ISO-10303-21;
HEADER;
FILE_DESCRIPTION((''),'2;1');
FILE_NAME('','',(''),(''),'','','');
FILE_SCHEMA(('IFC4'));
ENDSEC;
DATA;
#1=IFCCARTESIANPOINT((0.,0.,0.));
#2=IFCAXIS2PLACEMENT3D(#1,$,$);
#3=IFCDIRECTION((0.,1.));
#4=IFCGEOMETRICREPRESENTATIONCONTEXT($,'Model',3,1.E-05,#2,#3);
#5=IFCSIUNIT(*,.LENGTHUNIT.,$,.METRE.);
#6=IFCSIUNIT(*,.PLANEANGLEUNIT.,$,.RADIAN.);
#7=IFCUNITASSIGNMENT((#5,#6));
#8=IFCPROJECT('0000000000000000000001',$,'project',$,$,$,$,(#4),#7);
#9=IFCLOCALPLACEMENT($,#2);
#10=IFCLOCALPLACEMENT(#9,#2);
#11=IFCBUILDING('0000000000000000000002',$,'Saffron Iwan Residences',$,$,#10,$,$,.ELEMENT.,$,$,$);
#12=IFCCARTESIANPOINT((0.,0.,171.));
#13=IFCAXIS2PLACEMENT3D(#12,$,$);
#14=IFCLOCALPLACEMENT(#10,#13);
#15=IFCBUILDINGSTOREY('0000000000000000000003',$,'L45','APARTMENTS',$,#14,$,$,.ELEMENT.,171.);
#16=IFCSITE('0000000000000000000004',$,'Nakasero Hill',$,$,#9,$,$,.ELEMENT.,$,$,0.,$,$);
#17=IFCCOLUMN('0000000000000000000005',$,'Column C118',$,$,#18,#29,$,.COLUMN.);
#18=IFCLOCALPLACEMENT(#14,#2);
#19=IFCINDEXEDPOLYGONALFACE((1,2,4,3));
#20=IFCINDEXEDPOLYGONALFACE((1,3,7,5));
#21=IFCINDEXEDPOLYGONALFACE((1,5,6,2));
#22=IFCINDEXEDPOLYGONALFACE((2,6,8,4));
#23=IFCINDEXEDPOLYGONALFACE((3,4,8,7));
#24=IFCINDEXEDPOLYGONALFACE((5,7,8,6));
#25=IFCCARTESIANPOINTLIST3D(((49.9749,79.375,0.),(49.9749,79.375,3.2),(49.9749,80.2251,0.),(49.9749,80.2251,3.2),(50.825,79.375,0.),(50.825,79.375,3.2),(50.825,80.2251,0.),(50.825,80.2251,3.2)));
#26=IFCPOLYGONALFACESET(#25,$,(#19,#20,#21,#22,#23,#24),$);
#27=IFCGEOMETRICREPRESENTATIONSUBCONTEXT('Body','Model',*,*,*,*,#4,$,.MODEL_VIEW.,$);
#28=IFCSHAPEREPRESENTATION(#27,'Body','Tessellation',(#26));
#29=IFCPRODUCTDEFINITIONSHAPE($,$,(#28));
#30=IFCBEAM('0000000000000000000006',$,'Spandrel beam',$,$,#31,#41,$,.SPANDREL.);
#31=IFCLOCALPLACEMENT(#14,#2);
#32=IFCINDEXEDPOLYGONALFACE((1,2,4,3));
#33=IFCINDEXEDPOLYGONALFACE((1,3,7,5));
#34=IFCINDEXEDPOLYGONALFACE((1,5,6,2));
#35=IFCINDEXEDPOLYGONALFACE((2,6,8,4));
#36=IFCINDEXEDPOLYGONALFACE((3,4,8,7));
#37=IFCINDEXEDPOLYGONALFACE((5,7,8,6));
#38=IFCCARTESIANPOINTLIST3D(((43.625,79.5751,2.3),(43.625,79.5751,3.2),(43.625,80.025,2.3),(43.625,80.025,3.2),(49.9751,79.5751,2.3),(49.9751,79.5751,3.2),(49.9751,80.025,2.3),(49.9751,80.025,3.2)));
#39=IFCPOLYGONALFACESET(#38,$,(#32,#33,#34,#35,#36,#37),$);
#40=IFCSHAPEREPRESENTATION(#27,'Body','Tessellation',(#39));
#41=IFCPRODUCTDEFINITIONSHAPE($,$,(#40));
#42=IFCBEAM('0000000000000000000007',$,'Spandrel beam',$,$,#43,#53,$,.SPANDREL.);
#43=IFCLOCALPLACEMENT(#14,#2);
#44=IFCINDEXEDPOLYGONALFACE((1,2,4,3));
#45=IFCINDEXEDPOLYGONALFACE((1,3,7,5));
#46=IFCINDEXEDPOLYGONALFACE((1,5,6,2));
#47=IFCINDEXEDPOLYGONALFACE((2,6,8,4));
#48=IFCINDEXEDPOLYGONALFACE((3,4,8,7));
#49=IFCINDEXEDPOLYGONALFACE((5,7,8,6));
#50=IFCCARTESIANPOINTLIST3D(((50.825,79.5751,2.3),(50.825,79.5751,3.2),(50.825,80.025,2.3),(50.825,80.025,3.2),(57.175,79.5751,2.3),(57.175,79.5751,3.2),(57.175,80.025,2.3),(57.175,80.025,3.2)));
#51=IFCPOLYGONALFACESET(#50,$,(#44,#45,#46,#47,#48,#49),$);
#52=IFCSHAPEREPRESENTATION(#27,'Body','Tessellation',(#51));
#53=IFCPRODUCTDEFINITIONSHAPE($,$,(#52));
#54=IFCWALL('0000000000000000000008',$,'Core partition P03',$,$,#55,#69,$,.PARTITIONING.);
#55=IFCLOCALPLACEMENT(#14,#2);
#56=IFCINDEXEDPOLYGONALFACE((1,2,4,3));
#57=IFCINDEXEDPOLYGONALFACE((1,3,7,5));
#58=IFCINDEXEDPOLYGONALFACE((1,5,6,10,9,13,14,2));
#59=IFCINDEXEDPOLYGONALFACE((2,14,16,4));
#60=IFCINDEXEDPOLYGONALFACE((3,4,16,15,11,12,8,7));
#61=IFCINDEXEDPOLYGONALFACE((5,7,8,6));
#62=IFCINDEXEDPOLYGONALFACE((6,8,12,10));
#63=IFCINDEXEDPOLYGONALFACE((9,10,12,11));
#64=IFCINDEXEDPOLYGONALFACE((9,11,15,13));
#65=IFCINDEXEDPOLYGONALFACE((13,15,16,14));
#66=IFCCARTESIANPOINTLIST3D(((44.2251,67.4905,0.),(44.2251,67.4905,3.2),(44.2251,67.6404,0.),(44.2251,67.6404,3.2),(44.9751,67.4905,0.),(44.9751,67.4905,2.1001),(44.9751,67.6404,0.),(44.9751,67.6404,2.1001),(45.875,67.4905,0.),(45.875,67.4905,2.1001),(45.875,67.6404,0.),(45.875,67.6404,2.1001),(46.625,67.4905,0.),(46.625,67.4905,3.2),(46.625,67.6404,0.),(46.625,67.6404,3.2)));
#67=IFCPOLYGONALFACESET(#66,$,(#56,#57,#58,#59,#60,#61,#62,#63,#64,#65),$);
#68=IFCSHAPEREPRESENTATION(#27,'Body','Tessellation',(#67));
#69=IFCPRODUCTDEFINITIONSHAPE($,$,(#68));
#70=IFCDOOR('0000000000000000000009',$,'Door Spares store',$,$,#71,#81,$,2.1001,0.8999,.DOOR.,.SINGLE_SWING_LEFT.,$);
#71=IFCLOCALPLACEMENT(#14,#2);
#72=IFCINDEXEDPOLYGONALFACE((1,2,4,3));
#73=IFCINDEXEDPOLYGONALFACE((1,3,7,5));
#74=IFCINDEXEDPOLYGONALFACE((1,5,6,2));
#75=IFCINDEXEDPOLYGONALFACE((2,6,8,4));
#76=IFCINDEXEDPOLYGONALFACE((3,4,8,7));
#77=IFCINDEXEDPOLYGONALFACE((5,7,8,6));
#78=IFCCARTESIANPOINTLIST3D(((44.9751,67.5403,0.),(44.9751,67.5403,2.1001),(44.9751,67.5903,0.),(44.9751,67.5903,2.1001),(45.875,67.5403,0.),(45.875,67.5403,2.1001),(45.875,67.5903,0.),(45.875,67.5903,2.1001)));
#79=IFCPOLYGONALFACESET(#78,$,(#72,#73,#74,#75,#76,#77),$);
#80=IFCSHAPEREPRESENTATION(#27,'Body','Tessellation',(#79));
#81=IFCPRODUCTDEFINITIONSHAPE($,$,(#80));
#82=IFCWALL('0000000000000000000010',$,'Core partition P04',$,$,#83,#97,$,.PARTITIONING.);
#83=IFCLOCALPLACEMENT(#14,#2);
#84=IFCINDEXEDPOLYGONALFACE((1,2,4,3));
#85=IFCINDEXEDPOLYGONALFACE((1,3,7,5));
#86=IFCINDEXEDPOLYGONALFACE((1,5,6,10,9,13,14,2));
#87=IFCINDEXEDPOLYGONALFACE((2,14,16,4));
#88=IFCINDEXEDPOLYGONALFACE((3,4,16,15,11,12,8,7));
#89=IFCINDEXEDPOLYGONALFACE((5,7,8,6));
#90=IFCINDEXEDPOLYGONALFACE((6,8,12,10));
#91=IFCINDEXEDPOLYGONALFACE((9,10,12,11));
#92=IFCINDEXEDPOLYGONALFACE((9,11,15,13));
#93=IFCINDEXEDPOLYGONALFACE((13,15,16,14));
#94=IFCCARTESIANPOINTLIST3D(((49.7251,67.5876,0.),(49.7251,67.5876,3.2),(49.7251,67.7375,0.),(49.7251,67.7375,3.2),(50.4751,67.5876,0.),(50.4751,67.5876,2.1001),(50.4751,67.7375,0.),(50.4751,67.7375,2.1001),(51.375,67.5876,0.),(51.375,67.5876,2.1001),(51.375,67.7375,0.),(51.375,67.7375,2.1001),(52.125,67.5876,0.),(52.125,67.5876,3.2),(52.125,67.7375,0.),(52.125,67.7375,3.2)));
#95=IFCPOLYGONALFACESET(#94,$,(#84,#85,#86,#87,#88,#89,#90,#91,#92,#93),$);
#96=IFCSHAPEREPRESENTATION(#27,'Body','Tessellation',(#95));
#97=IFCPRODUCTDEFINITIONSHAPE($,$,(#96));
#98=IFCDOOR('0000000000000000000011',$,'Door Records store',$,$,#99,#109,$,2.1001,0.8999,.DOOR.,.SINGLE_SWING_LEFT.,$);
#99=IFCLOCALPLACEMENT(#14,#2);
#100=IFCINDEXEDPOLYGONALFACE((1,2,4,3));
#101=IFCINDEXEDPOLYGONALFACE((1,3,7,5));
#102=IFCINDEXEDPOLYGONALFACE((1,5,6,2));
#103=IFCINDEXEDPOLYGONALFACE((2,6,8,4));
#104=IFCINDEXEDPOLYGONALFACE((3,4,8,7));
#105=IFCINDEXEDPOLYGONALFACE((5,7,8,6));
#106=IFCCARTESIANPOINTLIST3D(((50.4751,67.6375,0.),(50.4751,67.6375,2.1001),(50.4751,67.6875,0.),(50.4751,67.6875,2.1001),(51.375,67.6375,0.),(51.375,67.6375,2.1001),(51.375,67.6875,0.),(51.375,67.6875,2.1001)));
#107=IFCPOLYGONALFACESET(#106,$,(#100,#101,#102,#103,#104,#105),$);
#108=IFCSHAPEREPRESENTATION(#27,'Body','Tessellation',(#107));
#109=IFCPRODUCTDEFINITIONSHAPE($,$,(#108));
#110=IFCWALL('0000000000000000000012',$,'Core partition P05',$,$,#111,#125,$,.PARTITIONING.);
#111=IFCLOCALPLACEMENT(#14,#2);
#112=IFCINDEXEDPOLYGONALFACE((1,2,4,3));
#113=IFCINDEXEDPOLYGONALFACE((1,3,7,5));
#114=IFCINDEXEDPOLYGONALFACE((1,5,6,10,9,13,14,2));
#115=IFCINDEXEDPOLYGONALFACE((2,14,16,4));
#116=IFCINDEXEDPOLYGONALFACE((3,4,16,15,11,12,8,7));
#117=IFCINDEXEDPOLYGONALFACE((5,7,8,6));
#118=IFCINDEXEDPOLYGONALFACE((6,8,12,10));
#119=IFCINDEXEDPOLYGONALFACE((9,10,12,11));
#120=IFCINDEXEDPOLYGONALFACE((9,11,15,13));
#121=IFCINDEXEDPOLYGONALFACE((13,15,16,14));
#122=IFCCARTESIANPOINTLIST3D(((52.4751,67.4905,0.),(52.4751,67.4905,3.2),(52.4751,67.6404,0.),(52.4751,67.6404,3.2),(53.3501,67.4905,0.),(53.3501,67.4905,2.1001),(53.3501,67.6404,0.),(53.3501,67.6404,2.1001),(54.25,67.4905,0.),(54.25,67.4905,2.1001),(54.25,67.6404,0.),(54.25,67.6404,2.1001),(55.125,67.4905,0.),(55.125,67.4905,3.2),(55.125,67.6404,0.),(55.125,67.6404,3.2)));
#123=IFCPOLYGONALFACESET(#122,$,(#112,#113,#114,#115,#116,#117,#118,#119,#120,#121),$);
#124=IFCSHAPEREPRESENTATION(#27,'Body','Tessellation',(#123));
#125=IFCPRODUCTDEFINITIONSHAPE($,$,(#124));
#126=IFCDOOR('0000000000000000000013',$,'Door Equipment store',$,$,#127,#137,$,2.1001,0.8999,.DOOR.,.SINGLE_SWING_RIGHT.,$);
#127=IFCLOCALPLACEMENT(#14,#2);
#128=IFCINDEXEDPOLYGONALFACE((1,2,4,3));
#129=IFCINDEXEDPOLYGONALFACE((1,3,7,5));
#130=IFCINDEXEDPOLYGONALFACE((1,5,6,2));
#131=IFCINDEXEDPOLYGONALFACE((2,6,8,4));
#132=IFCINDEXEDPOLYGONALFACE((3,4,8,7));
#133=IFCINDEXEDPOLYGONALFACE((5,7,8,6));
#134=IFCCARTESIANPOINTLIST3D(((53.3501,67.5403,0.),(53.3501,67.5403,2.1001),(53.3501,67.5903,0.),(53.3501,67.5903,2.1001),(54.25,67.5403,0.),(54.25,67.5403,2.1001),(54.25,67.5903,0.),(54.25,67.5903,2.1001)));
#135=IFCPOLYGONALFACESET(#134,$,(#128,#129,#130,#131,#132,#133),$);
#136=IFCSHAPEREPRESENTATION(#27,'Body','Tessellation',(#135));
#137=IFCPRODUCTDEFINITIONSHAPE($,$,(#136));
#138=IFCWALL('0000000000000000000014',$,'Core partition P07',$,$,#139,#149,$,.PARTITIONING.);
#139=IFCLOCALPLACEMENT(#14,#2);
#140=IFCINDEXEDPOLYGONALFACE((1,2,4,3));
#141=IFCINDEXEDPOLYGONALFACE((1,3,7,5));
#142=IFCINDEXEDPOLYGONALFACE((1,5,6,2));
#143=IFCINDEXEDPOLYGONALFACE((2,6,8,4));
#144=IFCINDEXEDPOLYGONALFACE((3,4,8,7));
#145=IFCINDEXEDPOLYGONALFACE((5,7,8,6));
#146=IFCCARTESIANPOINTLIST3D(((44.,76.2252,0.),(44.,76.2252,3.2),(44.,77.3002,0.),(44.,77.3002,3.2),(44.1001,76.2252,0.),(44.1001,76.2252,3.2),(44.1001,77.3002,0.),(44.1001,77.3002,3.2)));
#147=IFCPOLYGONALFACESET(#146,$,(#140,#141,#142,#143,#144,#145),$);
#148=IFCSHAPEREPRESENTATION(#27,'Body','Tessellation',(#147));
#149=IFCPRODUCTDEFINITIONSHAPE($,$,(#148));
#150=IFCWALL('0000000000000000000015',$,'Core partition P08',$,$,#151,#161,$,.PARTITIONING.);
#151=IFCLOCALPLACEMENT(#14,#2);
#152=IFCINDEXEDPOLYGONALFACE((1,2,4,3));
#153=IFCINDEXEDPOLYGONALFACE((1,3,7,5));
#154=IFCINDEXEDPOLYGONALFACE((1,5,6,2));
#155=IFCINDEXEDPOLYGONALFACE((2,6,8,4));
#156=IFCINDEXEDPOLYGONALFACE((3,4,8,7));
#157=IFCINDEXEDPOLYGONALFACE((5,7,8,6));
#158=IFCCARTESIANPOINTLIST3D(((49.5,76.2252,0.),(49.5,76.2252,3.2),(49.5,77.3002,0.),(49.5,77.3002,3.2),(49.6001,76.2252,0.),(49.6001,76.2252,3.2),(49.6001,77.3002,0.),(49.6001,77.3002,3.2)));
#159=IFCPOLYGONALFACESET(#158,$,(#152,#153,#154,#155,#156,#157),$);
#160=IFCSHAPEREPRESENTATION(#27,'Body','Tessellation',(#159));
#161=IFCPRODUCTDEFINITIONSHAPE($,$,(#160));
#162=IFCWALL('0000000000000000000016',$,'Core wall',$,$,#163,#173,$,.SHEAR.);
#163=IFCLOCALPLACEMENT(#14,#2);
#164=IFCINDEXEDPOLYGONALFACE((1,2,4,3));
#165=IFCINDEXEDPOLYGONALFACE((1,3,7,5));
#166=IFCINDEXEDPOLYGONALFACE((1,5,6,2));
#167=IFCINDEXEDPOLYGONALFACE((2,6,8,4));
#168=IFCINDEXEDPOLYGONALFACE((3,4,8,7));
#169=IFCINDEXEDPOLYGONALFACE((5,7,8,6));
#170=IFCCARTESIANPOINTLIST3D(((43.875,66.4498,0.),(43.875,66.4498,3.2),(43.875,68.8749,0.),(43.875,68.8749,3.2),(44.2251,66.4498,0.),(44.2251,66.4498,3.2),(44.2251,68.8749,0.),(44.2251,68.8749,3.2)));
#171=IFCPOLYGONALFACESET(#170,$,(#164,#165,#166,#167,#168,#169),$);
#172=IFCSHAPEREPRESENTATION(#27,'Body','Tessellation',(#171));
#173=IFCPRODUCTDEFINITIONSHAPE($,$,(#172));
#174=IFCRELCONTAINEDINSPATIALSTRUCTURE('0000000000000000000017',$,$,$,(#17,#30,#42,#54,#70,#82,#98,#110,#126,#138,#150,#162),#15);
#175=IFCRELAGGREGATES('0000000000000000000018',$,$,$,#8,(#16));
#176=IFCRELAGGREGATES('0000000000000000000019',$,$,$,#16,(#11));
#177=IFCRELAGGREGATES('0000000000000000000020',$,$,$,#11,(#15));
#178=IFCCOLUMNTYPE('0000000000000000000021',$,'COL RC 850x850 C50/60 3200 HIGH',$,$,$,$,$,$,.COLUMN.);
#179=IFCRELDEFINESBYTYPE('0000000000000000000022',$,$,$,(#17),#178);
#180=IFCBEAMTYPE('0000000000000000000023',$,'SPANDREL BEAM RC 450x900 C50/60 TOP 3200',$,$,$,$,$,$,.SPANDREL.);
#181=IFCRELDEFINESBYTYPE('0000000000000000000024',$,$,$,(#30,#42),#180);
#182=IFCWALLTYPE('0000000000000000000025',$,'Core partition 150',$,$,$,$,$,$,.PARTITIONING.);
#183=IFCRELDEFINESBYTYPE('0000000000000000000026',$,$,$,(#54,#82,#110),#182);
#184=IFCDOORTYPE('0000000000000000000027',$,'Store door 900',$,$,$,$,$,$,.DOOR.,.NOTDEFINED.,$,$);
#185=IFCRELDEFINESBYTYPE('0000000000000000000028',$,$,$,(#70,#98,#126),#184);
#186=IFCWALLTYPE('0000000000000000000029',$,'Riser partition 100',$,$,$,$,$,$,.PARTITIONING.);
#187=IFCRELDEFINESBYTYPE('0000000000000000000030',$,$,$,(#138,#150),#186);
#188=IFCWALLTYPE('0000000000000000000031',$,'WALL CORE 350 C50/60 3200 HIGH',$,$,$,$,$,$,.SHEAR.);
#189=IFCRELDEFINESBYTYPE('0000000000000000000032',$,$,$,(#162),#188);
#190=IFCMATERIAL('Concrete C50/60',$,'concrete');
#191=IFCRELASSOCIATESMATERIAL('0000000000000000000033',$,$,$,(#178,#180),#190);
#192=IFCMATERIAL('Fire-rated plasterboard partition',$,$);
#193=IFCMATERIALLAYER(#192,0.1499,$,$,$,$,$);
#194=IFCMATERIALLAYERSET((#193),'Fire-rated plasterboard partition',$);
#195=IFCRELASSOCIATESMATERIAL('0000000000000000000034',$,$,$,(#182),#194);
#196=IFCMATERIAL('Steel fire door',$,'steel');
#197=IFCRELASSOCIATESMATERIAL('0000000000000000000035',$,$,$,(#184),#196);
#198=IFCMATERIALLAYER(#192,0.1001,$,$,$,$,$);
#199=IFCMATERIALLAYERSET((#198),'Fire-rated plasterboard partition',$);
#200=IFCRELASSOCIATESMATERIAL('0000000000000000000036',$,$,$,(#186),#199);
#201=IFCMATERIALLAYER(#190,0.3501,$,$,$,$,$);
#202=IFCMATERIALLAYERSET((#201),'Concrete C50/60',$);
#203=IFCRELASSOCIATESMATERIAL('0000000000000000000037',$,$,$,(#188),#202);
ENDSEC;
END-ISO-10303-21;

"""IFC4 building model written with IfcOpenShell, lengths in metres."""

from ifc_helpers import new_model, si_unit, direction, frame, frame_2d, origin, origin_2d, place, context, subcontext, project, spatial, rectangle, extrude, source, transform, mapped, material, layer, layer_set, material_profile, profile_set, type_object, element, fill, save


model = new_model("IFC4")

# Units and contexts
model_context = context("Model", 3, precision=1e-05, world=origin(), true_north=direction((0.0, 1.0)))
body_context = subcontext(model_context, "Body", "Model", "MODEL_VIEW")
ifc_project = project(units=[si_unit("LENGTHUNIT", "METRE"), si_unit("PLANEANGLEUNIT", "RADIAN")], contexts=[model_context])

# Site, building, storey
site_placement = place(None, origin())
site = spatial("IfcSite", under=ifc_project, at=site_placement, Name="Nakasero Hill", CompositionType="ELEMENT", RefElevation=0.0)
building_placement = place(site_placement, origin())
building = spatial("IfcBuilding", under=site, at=building_placement, Name="Saffron Iwan Residences", CompositionType="ELEMENT")
storey_placement = place(building_placement, frame((0.0, 0.0, 171.0)))
storey = spatial("IfcBuildingStorey", under=building, at=storey_placement, Name="L45", Description="APARTMENTS", CompositionType="ELEMENT", Elevation=171.0)

# Column
ifc_material_1 = material(Name="Concrete C50/60", Category="concrete")
ifc_material_profile_1 = material_profile(ifc_material_1, rectangle(XDim=0.8501, YDim=0.8501, at=origin_2d()), Name="RC 850x850")
ifc_profile_set_1 = profile_set([ifc_material_profile_1], Name="Concrete C50/60")
column_type = type_object("IfcColumnType", Name="COL RC 850x850 C50/60 3200 HIGH", PredefinedType="COLUMN", material=ifc_profile_set_1)
shared_shape_1 = source(origin(), body_context, "Body", "SweptSolid", [
    extrude(rectangle(XDim=0.8501, YDim=0.8501, at=origin_2d()), origin(), (0.0, 0.0, 1.0), 3.2),
])
column_placement = place(storey_placement, frame((50.3999, 79.8, 0.0), z_axis=(0.0, 0.0, 1.0), x_axis=(1.0, 0.0, 0.0)))
element("IfcColumn", 1, at=column_placement, inside=storey, type_object=column_type, Name="Column C118", PredefinedType="COLUMN", context=body_context, shape_type="MappedRepresentation", body=[
    mapped(shared_shape_1, transform((0.0, 0.0, 0.0))),
])

# Beams
ifc_material_profile_2 = material_profile(ifc_material_1, rectangle(XDim=0.45, YDim=0.8999, at=origin_2d()), Name="RC 450x900")
ifc_profile_set_2 = profile_set([ifc_material_profile_2], Name="Concrete C50/60")
beam_type = type_object("IfcBeamType", Name="SPANDREL BEAM RC 450x900 C50/60 TOP 3200", PredefinedType="SPANDREL", material=ifc_profile_set_2)
shared_shape_2 = source(origin(), body_context, "Body", "SweptSolid", [
    extrude(rectangle(XDim=0.45, YDim=0.8999, at=origin_2d()), origin(), (0.0, 0.0, 1.0), 6.3501),
])
for number, where, z_axis, x_axis, name in (
    (2, (43.625, 79.8, 2.75), (1.0, 0.0, 0.0), (0.0, 1.0, 0.0), "Spandrel beam"),
    (3, (50.825, 79.8, 2.75), (1.0, 0.0, 0.0), (0.0, 1.0, 0.0), "Spandrel beam"),
):
    element("IfcBeam", number, at=place(storey_placement, frame(where, z_axis=z_axis, x_axis=x_axis)), inside=storey, type_object=beam_type, Name=name, PredefinedType="SPANDREL", context=body_context, shape_type="MappedRepresentation", body=[
        mapped(shared_shape_2, transform((0.0, 0.0, 0.0))),
    ])

# Walls, openings, doors
ifc_material_2 = material(Name="Fire-rated plasterboard partition")
ifc_layer_1 = layer(ifc_material_2, 0.1499)
ifc_layer_set_1 = layer_set([ifc_layer_1], Name="Fire-rated plasterboard partition")
wall_type_1 = type_object("IfcWallType", Name="Core partition 150", PredefinedType="PARTITIONING", material=ifc_layer_set_1)
wall_1_placement = place(storey_placement, frame((44.2251, 67.5654, 0.0), z_axis=(0.0, 0.0, 1.0), x_axis=(1.0, 0.0, 0.0)))
wall_1 = element("IfcWall", 4, at=wall_1_placement, inside=storey, type_object=wall_type_1, Name="Core partition P03", PredefinedType="PARTITIONING", context=body_context, shape_type="SweptSolid", body=[
    extrude(rectangle(XDim=2.3999, YDim=0.1499, at=frame_2d((1.2, 0.0))), origin(), (0.0, 0.0, 1.0), 3.2),
])
opening_1_placement = place(wall_1_placement, frame((0.75, 0.0, 0.0)))
opening_1 = element("IfcOpeningElement", 5, at=opening_1_placement, cuts=wall_1, PredefinedType="OPENING", context=body_context, shape_type="SweptSolid", body=[
    extrude(rectangle(XDim=0.8999, YDim=2.1001, at=frame_2d((0.45, 1.05))), frame((0.0, 0.085, 0.0), z_axis=(0.0, -1.0, 0.0), x_axis=(1.0, 0.0, 0.0)), (0.0, 0.0, 1.0), 0.1699),
])
ifc_material_3 = material(Name="Steel fire door", Category="steel")
door_type = type_object("IfcDoorType", Name="Store door 900", OperationType="NOTDEFINED", PredefinedType="DOOR", material=ifc_material_3)
door_1_placement = place(opening_1_placement, origin())
door_1 = element("IfcDoor", 6, at=door_1_placement, inside=storey, type_object=door_type, Name="Door Spares store", OperationType="SINGLE_SWING_LEFT", OverallHeight=2.1001, OverallWidth=0.8999, PredefinedType="DOOR", context=body_context, shape_type="SweptSolid", body=[
    extrude(rectangle(XDim=0.8999, YDim=2.1001, at=frame_2d((0.45, 1.05))), frame((0.0, 0.0249, 0.0), z_axis=(0.0, -1.0, 0.0), x_axis=(1.0, 0.0, 0.0)), (0.0, 0.0, 1.0), 0.05),
])
fill(opening_1, door_1)
wall_2_placement = place(storey_placement, frame((49.7251, 67.6626, 0.0), z_axis=(0.0, 0.0, 1.0), x_axis=(1.0, 0.0, 0.0)))
wall_2 = element("IfcWall", 7, at=wall_2_placement, inside=storey, type_object=wall_type_1, Name="Core partition P04", PredefinedType="PARTITIONING", context=body_context, shape_type="SweptSolid", body=[
    extrude(rectangle(XDim=2.3999, YDim=0.1499, at=frame_2d((1.2, 0.0))), origin(), (0.0, 0.0, 1.0), 3.2),
])
opening_2_placement = place(wall_2_placement, frame((0.75, 0.0, 0.0)))
opening_2 = element("IfcOpeningElement", 8, at=opening_2_placement, cuts=wall_2, PredefinedType="OPENING", context=body_context, shape_type="SweptSolid", body=[
    extrude(rectangle(XDim=0.8999, YDim=2.1001, at=frame_2d((0.45, 1.05))), frame((0.0, 0.085, 0.0), z_axis=(0.0, -1.0, 0.0), x_axis=(1.0, 0.0, 0.0)), (0.0, 0.0, 1.0), 0.1699),
])
door_2_placement = place(opening_2_placement, origin())
door_2 = element("IfcDoor", 9, at=door_2_placement, inside=storey, type_object=door_type, Name="Door Records store", OperationType="SINGLE_SWING_LEFT", OverallHeight=2.1001, OverallWidth=0.8999, PredefinedType="DOOR", context=body_context, shape_type="SweptSolid", body=[
    extrude(rectangle(XDim=0.8999, YDim=2.1001, at=frame_2d((0.45, 1.05))), frame((0.0, 0.0249, 0.0), z_axis=(0.0, -1.0, 0.0), x_axis=(1.0, 0.0, 0.0)), (0.0, 0.0, 1.0), 0.05),
])
fill(opening_2, door_2)
wall_3_placement = place(storey_placement, frame((52.4751, 67.5654, 0.0), z_axis=(0.0, 0.0, 1.0), x_axis=(1.0, 0.0, 0.0)))
wall_3 = element("IfcWall", 10, at=wall_3_placement, inside=storey, type_object=wall_type_1, Name="Core partition P05", PredefinedType="PARTITIONING", context=body_context, shape_type="SweptSolid", body=[
    extrude(rectangle(XDim=2.6499, YDim=0.1499, at=frame_2d((1.325, 0.0))), origin(), (0.0, 0.0, 1.0), 3.2),
])
opening_3_placement = place(wall_3_placement, frame((0.875, 0.0, 0.0)))
opening_3 = element("IfcOpeningElement", 11, at=opening_3_placement, cuts=wall_3, PredefinedType="OPENING", context=body_context, shape_type="SweptSolid", body=[
    extrude(rectangle(XDim=0.8999, YDim=2.1001, at=frame_2d((0.45, 1.05))), frame((0.0, 0.085, 0.0), z_axis=(0.0, -1.0, 0.0), x_axis=(1.0, 0.0, 0.0)), (0.0, 0.0, 1.0), 0.1699),
])
door_3_placement = place(opening_3_placement, origin())
door_3 = element("IfcDoor", 12, at=door_3_placement, inside=storey, type_object=door_type, Name="Door Equipment store", OperationType="SINGLE_SWING_RIGHT", OverallHeight=2.1001, OverallWidth=0.8999, PredefinedType="DOOR", context=body_context, shape_type="SweptSolid", body=[
    extrude(rectangle(XDim=0.8999, YDim=2.1001, at=frame_2d((0.45, 1.05))), frame((0.0, 0.0249, 0.0), z_axis=(0.0, -1.0, 0.0), x_axis=(1.0, 0.0, 0.0)), (0.0, 0.0, 1.0), 0.05),
])
fill(opening_3, door_3)

# Walls
ifc_layer_2 = layer(ifc_material_2, 0.1001)
ifc_layer_set_2 = layer_set([ifc_layer_2], Name="Fire-rated plasterboard partition")
wall_type_2 = type_object("IfcWallType", Name="Riser partition 100", PredefinedType="PARTITIONING", material=ifc_layer_set_2)
for number, where, z_axis, x_axis, name in (
    (13, (44.05, 76.2251, 0.0), (0.0, 0.0, 1.0), (0.0, 1.0, 0.0), "Core partition P07"),
    (14, (49.55, 76.2251, 0.0), (0.0, 0.0, 1.0), (0.0, 1.0, 0.0), "Core partition P08"),
):
    element("IfcWall", number, at=place(storey_placement, frame(where, z_axis=z_axis, x_axis=x_axis)), inside=storey, type_object=wall_type_2, Name=name, PredefinedType="PARTITIONING", context=body_context, shape_type="SweptSolid", body=[
        extrude(rectangle(XDim=1.075, YDim=0.1001, at=frame_2d((0.5376, 0.0))), origin(), (0.0, 0.0, 1.0), 3.2),
    ])
ifc_layer_3 = layer(ifc_material_1, 0.3501)
ifc_layer_set_3 = layer_set([ifc_layer_3], Name="Concrete C50/60")
wall_type_3 = type_object("IfcWallType", Name="WALL CORE 350 C50/60 3200 HIGH", PredefinedType="SHEAR", material=ifc_layer_set_3)
for number, where, z_axis, x_axis, name in (
    (15, (44.05, 66.45, 0.0), (0.0, 0.0, 1.0), (0.0, 1.0, 0.0), "Core wall"),
):
    element("IfcWall", number, at=place(storey_placement, frame(where, z_axis=z_axis, x_axis=x_axis)), inside=storey, type_object=wall_type_3, Name=name, PredefinedType="SHEAR", context=body_context, shape_type="SweptSolid", body=[
        extrude(rectangle(XDim=2.425, YDim=0.3501, at=frame_2d((1.2124, 0.0))), origin(), (0.0, 0.0, 1.0), 3.2),
    ])

save(model, "model.ifc")
